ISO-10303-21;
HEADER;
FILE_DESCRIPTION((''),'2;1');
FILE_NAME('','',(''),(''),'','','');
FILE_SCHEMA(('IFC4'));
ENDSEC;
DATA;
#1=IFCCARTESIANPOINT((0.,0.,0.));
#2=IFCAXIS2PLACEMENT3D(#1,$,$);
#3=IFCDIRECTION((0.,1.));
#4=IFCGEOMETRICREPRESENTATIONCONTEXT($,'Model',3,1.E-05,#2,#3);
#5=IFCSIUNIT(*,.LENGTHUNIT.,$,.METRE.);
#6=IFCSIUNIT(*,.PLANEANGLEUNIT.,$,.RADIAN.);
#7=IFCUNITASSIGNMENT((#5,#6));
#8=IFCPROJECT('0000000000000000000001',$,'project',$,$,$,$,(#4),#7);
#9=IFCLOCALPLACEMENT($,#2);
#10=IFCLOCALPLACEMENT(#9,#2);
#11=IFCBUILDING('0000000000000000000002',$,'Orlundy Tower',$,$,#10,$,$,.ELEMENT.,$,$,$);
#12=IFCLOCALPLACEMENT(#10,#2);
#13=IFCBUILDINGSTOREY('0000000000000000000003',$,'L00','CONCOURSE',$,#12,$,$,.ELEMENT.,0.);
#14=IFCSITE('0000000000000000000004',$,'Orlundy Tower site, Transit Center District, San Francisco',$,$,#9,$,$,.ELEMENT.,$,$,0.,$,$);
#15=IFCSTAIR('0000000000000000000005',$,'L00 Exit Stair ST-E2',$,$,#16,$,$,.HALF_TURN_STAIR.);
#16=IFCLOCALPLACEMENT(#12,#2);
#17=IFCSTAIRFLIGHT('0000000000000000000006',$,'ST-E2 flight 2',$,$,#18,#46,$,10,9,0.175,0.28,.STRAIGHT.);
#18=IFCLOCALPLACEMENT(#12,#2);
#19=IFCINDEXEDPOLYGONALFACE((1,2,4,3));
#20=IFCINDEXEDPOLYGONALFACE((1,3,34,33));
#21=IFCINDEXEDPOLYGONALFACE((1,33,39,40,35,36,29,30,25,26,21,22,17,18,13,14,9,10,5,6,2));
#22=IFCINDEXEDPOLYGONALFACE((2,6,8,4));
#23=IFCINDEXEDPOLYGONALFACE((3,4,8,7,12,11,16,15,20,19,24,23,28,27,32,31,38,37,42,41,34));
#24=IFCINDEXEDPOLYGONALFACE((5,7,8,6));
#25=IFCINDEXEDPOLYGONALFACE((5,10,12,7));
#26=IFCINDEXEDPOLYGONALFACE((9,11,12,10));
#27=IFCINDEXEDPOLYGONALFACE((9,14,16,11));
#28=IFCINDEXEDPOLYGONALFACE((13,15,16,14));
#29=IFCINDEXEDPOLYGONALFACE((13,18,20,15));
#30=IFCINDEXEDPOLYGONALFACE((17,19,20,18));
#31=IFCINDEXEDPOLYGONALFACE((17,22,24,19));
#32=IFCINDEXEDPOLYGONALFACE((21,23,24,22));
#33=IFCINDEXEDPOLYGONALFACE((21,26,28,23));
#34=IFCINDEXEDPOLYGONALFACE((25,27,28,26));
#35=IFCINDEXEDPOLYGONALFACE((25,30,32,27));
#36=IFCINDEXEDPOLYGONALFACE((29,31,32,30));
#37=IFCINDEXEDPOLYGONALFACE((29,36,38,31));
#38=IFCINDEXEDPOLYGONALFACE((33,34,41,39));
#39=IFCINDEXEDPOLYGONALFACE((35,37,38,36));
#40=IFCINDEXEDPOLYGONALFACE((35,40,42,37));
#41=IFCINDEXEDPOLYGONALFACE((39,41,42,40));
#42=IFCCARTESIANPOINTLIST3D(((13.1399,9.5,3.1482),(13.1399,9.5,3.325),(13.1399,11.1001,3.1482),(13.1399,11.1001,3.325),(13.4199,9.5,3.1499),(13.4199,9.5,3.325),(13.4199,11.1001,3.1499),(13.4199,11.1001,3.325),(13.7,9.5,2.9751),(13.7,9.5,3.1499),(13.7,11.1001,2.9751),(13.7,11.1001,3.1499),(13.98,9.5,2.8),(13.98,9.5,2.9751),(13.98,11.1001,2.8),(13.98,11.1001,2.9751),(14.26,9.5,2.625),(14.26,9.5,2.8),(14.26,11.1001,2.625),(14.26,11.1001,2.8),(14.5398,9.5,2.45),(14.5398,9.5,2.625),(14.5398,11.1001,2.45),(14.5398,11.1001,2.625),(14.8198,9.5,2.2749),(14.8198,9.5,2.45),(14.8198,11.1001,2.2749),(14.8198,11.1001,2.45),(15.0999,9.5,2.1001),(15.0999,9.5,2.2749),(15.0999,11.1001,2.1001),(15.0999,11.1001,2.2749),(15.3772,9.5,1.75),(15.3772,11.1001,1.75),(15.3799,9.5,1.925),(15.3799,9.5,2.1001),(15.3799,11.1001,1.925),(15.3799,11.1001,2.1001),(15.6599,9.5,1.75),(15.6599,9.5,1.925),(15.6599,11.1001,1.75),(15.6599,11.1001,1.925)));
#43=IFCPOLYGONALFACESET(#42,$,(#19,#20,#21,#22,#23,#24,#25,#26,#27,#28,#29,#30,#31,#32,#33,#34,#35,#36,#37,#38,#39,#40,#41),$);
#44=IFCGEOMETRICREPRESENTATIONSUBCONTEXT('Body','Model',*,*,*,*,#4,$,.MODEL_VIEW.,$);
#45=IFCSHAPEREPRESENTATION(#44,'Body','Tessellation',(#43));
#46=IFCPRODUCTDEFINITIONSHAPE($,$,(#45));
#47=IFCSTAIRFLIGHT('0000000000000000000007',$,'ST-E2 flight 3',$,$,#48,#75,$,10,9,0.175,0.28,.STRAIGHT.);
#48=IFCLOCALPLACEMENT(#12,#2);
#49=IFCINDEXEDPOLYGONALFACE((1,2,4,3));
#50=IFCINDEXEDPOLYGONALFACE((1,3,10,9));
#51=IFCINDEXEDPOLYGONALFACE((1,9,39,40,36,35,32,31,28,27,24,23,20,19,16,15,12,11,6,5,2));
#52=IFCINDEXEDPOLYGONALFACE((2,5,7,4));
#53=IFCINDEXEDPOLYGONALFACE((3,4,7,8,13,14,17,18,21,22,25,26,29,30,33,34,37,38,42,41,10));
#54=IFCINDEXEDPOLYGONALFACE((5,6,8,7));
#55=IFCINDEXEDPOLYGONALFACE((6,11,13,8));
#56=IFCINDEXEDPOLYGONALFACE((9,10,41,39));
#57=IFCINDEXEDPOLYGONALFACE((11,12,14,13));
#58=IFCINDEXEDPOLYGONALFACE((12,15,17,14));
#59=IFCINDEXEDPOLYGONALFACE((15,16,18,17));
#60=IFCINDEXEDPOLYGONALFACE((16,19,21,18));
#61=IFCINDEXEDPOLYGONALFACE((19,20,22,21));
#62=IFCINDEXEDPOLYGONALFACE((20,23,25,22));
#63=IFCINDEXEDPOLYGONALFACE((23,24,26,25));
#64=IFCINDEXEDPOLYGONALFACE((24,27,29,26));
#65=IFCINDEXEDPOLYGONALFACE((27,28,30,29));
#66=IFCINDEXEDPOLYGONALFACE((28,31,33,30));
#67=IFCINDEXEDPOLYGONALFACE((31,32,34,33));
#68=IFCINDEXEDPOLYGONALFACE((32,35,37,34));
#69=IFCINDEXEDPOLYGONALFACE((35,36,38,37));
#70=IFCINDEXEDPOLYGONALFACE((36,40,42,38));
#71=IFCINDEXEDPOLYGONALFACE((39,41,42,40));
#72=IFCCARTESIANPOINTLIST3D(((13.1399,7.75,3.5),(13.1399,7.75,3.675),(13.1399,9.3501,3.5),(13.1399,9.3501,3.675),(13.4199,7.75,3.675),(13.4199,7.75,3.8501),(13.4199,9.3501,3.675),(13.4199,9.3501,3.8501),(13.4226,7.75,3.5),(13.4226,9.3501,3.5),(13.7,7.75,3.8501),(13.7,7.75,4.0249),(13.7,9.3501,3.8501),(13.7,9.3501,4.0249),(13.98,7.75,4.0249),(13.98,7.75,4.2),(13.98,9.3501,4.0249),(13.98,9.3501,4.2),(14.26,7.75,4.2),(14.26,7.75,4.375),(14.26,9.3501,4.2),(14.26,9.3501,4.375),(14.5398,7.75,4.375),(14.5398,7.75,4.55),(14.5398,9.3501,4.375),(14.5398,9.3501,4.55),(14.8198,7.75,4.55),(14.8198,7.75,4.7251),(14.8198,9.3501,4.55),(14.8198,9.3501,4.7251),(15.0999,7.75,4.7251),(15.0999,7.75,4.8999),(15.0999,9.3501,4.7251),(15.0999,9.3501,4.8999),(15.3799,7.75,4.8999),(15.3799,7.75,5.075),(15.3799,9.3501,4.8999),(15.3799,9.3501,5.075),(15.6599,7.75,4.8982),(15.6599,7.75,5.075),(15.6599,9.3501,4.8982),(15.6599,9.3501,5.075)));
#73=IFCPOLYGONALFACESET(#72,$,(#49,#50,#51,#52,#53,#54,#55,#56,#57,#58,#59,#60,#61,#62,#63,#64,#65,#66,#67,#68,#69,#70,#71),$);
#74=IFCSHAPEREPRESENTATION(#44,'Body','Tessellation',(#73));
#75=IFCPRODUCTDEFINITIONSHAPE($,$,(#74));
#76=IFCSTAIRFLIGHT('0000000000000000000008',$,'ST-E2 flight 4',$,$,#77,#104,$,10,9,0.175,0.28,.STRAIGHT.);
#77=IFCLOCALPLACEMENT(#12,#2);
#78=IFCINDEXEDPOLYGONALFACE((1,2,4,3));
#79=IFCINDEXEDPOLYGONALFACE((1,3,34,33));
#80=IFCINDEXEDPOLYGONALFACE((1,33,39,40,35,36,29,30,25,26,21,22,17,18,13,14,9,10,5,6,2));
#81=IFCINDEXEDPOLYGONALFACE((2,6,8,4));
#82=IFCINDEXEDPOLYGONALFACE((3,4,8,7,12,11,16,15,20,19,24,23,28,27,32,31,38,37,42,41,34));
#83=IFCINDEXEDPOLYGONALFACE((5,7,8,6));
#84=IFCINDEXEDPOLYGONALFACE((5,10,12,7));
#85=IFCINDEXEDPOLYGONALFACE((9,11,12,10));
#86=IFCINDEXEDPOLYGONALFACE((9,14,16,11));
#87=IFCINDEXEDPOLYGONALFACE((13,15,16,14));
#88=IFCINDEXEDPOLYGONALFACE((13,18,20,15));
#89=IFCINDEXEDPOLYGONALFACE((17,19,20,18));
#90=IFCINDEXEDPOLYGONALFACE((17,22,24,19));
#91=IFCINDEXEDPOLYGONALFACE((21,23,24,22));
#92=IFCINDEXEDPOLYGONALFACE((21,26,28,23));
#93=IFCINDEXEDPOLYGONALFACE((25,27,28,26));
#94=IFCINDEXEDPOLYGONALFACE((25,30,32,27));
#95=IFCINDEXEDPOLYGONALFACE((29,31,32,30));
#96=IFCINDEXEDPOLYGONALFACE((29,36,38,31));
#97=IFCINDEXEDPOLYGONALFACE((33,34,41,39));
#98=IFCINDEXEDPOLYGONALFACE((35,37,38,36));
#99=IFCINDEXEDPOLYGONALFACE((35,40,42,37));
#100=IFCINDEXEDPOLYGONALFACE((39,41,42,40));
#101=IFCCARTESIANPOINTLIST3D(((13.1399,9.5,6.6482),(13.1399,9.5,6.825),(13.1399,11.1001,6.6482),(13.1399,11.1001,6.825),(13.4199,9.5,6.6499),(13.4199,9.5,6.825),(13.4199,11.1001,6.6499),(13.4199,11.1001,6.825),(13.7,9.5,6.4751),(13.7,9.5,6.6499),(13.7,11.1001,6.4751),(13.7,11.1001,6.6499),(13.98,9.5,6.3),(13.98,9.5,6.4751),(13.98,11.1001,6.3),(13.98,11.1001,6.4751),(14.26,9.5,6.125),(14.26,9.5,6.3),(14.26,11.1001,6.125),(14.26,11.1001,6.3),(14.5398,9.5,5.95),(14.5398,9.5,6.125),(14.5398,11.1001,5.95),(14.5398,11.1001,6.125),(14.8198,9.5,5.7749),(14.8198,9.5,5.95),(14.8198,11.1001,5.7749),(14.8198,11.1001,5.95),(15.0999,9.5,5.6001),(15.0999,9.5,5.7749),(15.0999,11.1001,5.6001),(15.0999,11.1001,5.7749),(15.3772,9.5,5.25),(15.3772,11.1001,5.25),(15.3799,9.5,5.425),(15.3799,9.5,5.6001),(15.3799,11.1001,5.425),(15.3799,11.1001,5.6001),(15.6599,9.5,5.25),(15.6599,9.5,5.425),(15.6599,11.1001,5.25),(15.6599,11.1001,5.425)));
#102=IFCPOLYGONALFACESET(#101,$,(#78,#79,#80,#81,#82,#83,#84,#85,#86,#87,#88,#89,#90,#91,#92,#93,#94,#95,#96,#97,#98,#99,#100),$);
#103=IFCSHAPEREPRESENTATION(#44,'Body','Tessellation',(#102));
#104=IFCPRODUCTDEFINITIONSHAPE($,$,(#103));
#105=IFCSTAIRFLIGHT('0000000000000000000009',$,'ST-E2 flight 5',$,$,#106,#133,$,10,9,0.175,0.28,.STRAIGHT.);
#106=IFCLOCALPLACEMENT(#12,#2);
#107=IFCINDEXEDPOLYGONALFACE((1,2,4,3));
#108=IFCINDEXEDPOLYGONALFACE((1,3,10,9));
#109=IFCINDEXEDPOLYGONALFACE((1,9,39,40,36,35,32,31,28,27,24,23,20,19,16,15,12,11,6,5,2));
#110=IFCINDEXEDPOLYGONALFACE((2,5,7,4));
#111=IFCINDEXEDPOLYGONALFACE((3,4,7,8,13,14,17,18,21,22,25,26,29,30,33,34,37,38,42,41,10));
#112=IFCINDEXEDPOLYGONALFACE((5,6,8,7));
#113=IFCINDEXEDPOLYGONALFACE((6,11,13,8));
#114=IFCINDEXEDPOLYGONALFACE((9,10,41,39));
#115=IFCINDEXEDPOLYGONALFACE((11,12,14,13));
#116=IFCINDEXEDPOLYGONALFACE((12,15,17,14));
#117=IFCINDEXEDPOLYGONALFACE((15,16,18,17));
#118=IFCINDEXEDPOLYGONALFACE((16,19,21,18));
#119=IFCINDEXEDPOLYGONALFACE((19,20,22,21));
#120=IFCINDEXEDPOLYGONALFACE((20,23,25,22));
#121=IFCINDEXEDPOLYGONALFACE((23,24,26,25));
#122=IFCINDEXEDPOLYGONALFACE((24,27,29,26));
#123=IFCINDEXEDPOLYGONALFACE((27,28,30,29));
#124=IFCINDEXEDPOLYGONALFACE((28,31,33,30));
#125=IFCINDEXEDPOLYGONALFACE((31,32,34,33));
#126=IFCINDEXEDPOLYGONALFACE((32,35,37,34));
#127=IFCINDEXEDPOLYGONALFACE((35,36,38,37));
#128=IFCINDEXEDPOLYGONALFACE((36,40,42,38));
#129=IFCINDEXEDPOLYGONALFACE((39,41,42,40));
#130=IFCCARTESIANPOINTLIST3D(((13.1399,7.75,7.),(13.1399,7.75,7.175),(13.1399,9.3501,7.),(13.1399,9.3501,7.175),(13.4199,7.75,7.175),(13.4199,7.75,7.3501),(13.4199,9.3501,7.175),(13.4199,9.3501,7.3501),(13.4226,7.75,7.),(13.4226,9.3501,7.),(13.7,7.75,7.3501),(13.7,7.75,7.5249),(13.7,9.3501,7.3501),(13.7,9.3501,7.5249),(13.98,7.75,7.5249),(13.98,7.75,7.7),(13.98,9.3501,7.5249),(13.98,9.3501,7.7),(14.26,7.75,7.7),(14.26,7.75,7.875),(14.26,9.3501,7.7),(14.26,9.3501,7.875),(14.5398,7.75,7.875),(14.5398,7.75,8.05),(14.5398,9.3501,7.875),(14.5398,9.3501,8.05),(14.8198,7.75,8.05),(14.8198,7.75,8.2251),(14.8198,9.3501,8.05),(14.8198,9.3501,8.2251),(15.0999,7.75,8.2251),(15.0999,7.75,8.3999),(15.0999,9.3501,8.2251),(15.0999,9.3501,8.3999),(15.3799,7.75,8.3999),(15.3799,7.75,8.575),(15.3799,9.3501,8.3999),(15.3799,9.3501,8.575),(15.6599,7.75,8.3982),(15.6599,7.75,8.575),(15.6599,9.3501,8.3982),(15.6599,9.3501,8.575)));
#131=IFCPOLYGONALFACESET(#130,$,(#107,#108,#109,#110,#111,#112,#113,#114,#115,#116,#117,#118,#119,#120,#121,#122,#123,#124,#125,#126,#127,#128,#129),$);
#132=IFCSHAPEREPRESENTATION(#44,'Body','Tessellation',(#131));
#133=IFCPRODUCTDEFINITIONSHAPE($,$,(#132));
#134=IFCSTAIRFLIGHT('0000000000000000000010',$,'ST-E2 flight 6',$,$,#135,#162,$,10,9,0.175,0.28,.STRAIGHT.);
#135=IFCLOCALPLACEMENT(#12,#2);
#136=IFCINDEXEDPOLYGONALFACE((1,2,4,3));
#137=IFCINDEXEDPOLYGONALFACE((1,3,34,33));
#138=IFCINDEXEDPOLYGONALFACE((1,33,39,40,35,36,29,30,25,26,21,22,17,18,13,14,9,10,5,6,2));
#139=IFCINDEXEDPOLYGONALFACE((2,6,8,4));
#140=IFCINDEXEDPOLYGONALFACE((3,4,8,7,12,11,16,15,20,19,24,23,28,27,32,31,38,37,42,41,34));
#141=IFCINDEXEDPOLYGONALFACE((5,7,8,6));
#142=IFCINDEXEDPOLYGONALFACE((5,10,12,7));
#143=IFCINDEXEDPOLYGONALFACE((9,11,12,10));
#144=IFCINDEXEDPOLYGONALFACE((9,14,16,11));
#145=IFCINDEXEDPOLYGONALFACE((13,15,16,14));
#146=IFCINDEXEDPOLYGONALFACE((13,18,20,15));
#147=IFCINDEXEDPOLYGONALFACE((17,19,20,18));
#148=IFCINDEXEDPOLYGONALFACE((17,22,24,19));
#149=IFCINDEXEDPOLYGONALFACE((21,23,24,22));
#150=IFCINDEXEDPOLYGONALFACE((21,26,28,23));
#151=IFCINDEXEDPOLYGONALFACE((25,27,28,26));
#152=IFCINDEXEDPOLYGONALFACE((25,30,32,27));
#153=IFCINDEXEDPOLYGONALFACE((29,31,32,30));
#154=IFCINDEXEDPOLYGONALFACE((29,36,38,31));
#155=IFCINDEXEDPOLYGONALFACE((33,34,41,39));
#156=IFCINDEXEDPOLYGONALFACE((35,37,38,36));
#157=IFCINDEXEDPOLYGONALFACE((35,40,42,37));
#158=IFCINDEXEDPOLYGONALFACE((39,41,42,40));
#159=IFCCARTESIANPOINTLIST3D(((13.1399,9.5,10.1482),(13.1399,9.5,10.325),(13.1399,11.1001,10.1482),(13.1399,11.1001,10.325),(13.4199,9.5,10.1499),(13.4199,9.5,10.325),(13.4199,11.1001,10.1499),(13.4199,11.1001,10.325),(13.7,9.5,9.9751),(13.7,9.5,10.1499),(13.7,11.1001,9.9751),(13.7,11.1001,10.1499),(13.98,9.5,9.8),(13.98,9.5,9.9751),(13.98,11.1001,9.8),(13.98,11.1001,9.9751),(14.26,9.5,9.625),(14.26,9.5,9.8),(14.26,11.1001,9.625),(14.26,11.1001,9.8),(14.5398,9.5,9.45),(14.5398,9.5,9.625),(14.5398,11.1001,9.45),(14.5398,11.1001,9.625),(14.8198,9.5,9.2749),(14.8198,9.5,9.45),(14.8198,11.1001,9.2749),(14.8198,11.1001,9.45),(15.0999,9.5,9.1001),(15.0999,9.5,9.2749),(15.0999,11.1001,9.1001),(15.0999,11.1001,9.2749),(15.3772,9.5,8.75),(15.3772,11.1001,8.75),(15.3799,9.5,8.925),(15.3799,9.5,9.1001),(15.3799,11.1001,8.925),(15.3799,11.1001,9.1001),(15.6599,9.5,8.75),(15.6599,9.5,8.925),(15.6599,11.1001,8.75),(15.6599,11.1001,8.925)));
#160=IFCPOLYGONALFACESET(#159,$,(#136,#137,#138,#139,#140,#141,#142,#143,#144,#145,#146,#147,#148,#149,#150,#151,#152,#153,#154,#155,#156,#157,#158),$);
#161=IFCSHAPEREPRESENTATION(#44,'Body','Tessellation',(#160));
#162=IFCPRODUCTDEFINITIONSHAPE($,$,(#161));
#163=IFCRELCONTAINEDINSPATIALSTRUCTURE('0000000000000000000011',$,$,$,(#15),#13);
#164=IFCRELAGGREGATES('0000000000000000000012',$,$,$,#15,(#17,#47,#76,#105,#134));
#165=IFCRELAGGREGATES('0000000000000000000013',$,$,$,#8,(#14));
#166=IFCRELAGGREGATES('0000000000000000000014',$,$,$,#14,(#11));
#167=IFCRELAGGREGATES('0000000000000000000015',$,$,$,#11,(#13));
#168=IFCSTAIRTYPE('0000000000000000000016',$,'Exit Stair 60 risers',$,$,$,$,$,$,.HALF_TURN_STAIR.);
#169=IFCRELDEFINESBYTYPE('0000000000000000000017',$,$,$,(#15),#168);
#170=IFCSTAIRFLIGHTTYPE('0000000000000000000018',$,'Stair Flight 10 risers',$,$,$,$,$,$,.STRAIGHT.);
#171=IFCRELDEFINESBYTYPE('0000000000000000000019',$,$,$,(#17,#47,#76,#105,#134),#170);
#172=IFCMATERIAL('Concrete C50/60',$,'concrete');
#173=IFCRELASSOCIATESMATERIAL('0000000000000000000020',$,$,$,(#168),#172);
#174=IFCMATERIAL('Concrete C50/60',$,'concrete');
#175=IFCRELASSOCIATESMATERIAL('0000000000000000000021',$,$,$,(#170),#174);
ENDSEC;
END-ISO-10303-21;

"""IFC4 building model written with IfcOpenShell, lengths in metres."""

from ifc_helpers import new_model, si_unit, direction, frame, origin, place, context, subcontext, project, spatial, polyline, outline, extrude, material, type_object, element, aggregate, save


model = new_model("IFC4")

# Units and contexts
model_context = context("Model", 3, precision=1e-05, world=origin(), true_north=direction((0.0, 1.0)))
body_context = subcontext(model_context, "Body", "Model", "MODEL_VIEW")
ifc_project = project(units=[si_unit("LENGTHUNIT", "METRE"), si_unit("PLANEANGLEUNIT", "RADIAN")], contexts=[model_context])

# Site, building, storey
site_placement = place(None, origin())
site = spatial("IfcSite", under=ifc_project, at=site_placement, Name="Orlundy Tower site, Transit Center District, San Francisco", CompositionType="ELEMENT", RefElevation=0.0)
building_placement = place(site_placement, origin())
building = spatial("IfcBuilding", under=site, at=building_placement, Name="Orlundy Tower", CompositionType="ELEMENT")
storey_placement = place(building_placement, origin())
storey = spatial("IfcBuildingStorey", under=building, at=storey_placement, Name="L00", Description="CONCOURSE", CompositionType="ELEMENT", Elevation=0.0)

# Stair, stair flights
ifc_material_1 = material(Name="Concrete C50/60", Category="concrete")
stair_type = type_object("IfcStairType", Name="Exit Stair 60 risers", PredefinedType="HALF_TURN_STAIR", material=ifc_material_1)
stair_placement = place(storey_placement, origin())
stair = element("IfcStair", 1, at=stair_placement, inside=storey, type_object=stair_type, Name="L00 Exit Stair ST-E2", PredefinedType="HALF_TURN_STAIR")
ifc_material_2 = material(Name="Concrete C50/60", Category="concrete")
stair_flight_type = type_object("IfcStairFlightType", Name="Stair Flight 10 risers", PredefinedType="STRAIGHT", material=ifc_material_2)
stair_flight_1_placement = place(storey_placement, frame((15.6599, 10.3, 1.75), z_axis=(0.0, 0.0, 1.0), x_axis=(-1.0, 0.0, 0.0)))
stair_flight_1 = element("IfcStairFlight", 2, at=stair_flight_1_placement, type_object=stair_flight_type, Name="ST-E2 flight 2", NumberOfRisers=10, NumberOfTreads=9, PredefinedType="STRAIGHT", RiserHeight=0.175, TreadLength=0.28, context=body_context, shape_type="SweptSolid", body=[
    extrude(outline(polyline([(0.0, 0.0), (0.0, 0.175), (0.28, 0.175), (0.28, 0.3501), (0.5601, 0.3501), (0.5601, 0.5249), (0.8401, 0.5249), (0.8401, 0.7), (1.1201, 0.7), (1.1201, 0.875), (1.3999, 0.875), (1.3999, 1.05), (1.6799, 1.05), (1.6799, 1.2251), (1.96, 1.2251), (1.96, 1.3999), (2.24, 1.3999), (2.24, 1.575), (2.52, 1.575), (2.52, 1.75), (2.52, 1.3982), (0.2827, 0.0), (0.0, 0.0)])), frame((0.0, 0.8, 0.0), z_axis=(0.0, -1.0, 0.0), x_axis=(1.0, 0.0, 0.0)), (0.0, 0.0, 1.0), 1.6001),
])
stair_flight_2_placement = place(storey_placement, frame((13.1399, 8.55, 3.5), z_axis=(0.0, 0.0, 1.0), x_axis=(1.0, 0.0, 0.0)))
stair_flight_2 = element("IfcStairFlight", 3, at=stair_flight_2_placement, type_object=stair_flight_type, Name="ST-E2 flight 3", NumberOfRisers=10, NumberOfTreads=9, PredefinedType="STRAIGHT", RiserHeight=0.175, TreadLength=0.28, context=body_context, shape_type="SweptSolid", body=[
    extrude(outline(polyline([(0.0, 0.0), (0.0, 0.175), (0.28, 0.175), (0.28, 0.3501), (0.5601, 0.3501), (0.5601, 0.5249), (0.8401, 0.5249), (0.8401, 0.7), (1.1201, 0.7), (1.1201, 0.875), (1.3999, 0.875), (1.3999, 1.05), (1.6799, 1.05), (1.6799, 1.2251), (1.96, 1.2251), (1.96, 1.3999), (2.24, 1.3999), (2.24, 1.575), (2.52, 1.575), (2.52, 1.75), (2.52, 1.3982), (0.2827, 0.0), (0.0, 0.0)])), frame((0.0, 0.8, 0.0), z_axis=(0.0, -1.0, 0.0), x_axis=(1.0, 0.0, 0.0)), (0.0, 0.0, 1.0), 1.6001),
])
stair_flight_3_placement = place(storey_placement, frame((15.6599, 10.3, 5.25), z_axis=(0.0, 0.0, 1.0), x_axis=(-1.0, 0.0, 0.0)))
stair_flight_3 = element("IfcStairFlight", 4, at=stair_flight_3_placement, type_object=stair_flight_type, Name="ST-E2 flight 4", NumberOfRisers=10, NumberOfTreads=9, PredefinedType="STRAIGHT", RiserHeight=0.175, TreadLength=0.28, context=body_context, shape_type="SweptSolid", body=[
    extrude(outline(polyline([(0.0, 0.0), (0.0, 0.175), (0.28, 0.175), (0.28, 0.3501), (0.5601, 0.3501), (0.5601, 0.5249), (0.8401, 0.5249), (0.8401, 0.7), (1.1201, 0.7), (1.1201, 0.875), (1.3999, 0.875), (1.3999, 1.05), (1.6799, 1.05), (1.6799, 1.2251), (1.96, 1.2251), (1.96, 1.3999), (2.24, 1.3999), (2.24, 1.575), (2.52, 1.575), (2.52, 1.75), (2.52, 1.3982), (0.2827, 0.0), (0.0, 0.0)])), frame((0.0, 0.8, 0.0), z_axis=(0.0, -1.0, 0.0), x_axis=(1.0, 0.0, 0.0)), (0.0, 0.0, 1.0), 1.6001),
])
stair_flight_4_placement = place(storey_placement, frame((13.1399, 8.55, 7.0), z_axis=(0.0, 0.0, 1.0), x_axis=(1.0, 0.0, 0.0)))
stair_flight_4 = element("IfcStairFlight", 5, at=stair_flight_4_placement, type_object=stair_flight_type, Name="ST-E2 flight 5", NumberOfRisers=10, NumberOfTreads=9, PredefinedType="STRAIGHT", RiserHeight=0.175, TreadLength=0.28, context=body_context, shape_type="SweptSolid", body=[
    extrude(outline(polyline([(0.0, 0.0), (0.0, 0.175), (0.28, 0.175), (0.28, 0.3501), (0.5601, 0.3501), (0.5601, 0.5249), (0.8401, 0.5249), (0.8401, 0.7), (1.1201, 0.7), (1.1201, 0.875), (1.3999, 0.875), (1.3999, 1.05), (1.6799, 1.05), (1.6799, 1.2251), (1.96, 1.2251), (1.96, 1.3999), (2.24, 1.3999), (2.24, 1.575), (2.52, 1.575), (2.52, 1.75), (2.52, 1.3982), (0.2827, 0.0), (0.0, 0.0)])), frame((0.0, 0.8, 0.0), z_axis=(0.0, -1.0, 0.0), x_axis=(1.0, 0.0, 0.0)), (0.0, 0.0, 1.0), 1.6001),
])
stair_flight_5_placement = place(storey_placement, frame((15.6599, 10.3, 8.75), z_axis=(0.0, 0.0, 1.0), x_axis=(-1.0, 0.0, 0.0)))
stair_flight_5 = element("IfcStairFlight", 6, at=stair_flight_5_placement, type_object=stair_flight_type, Name="ST-E2 flight 6", NumberOfRisers=10, NumberOfTreads=9, PredefinedType="STRAIGHT", RiserHeight=0.175, TreadLength=0.28, context=body_context, shape_type="SweptSolid", body=[
    extrude(outline(polyline([(0.0, 0.0), (0.0, 0.175), (0.28, 0.175), (0.28, 0.3501), (0.5601, 0.3501), (0.5601, 0.5249), (0.8401, 0.5249), (0.8401, 0.7), (1.1201, 0.7), (1.1201, 0.875), (1.3999, 0.875), (1.3999, 1.05), (1.6799, 1.05), (1.6799, 1.2251), (1.96, 1.2251), (1.96, 1.3999), (2.24, 1.3999), (2.24, 1.575), (2.52, 1.575), (2.52, 1.75), (2.52, 1.3982), (0.2827, 0.0), (0.0, 0.0)])), frame((0.0, 0.8, 0.0), z_axis=(0.0, -1.0, 0.0), x_axis=(1.0, 0.0, 0.0)), (0.0, 0.0, 1.0), 1.6001),
])
aggregate(stair, [stair_flight_1, stair_flight_2, stair_flight_3, stair_flight_4, stair_flight_5])

save(model, "model.ifc")
